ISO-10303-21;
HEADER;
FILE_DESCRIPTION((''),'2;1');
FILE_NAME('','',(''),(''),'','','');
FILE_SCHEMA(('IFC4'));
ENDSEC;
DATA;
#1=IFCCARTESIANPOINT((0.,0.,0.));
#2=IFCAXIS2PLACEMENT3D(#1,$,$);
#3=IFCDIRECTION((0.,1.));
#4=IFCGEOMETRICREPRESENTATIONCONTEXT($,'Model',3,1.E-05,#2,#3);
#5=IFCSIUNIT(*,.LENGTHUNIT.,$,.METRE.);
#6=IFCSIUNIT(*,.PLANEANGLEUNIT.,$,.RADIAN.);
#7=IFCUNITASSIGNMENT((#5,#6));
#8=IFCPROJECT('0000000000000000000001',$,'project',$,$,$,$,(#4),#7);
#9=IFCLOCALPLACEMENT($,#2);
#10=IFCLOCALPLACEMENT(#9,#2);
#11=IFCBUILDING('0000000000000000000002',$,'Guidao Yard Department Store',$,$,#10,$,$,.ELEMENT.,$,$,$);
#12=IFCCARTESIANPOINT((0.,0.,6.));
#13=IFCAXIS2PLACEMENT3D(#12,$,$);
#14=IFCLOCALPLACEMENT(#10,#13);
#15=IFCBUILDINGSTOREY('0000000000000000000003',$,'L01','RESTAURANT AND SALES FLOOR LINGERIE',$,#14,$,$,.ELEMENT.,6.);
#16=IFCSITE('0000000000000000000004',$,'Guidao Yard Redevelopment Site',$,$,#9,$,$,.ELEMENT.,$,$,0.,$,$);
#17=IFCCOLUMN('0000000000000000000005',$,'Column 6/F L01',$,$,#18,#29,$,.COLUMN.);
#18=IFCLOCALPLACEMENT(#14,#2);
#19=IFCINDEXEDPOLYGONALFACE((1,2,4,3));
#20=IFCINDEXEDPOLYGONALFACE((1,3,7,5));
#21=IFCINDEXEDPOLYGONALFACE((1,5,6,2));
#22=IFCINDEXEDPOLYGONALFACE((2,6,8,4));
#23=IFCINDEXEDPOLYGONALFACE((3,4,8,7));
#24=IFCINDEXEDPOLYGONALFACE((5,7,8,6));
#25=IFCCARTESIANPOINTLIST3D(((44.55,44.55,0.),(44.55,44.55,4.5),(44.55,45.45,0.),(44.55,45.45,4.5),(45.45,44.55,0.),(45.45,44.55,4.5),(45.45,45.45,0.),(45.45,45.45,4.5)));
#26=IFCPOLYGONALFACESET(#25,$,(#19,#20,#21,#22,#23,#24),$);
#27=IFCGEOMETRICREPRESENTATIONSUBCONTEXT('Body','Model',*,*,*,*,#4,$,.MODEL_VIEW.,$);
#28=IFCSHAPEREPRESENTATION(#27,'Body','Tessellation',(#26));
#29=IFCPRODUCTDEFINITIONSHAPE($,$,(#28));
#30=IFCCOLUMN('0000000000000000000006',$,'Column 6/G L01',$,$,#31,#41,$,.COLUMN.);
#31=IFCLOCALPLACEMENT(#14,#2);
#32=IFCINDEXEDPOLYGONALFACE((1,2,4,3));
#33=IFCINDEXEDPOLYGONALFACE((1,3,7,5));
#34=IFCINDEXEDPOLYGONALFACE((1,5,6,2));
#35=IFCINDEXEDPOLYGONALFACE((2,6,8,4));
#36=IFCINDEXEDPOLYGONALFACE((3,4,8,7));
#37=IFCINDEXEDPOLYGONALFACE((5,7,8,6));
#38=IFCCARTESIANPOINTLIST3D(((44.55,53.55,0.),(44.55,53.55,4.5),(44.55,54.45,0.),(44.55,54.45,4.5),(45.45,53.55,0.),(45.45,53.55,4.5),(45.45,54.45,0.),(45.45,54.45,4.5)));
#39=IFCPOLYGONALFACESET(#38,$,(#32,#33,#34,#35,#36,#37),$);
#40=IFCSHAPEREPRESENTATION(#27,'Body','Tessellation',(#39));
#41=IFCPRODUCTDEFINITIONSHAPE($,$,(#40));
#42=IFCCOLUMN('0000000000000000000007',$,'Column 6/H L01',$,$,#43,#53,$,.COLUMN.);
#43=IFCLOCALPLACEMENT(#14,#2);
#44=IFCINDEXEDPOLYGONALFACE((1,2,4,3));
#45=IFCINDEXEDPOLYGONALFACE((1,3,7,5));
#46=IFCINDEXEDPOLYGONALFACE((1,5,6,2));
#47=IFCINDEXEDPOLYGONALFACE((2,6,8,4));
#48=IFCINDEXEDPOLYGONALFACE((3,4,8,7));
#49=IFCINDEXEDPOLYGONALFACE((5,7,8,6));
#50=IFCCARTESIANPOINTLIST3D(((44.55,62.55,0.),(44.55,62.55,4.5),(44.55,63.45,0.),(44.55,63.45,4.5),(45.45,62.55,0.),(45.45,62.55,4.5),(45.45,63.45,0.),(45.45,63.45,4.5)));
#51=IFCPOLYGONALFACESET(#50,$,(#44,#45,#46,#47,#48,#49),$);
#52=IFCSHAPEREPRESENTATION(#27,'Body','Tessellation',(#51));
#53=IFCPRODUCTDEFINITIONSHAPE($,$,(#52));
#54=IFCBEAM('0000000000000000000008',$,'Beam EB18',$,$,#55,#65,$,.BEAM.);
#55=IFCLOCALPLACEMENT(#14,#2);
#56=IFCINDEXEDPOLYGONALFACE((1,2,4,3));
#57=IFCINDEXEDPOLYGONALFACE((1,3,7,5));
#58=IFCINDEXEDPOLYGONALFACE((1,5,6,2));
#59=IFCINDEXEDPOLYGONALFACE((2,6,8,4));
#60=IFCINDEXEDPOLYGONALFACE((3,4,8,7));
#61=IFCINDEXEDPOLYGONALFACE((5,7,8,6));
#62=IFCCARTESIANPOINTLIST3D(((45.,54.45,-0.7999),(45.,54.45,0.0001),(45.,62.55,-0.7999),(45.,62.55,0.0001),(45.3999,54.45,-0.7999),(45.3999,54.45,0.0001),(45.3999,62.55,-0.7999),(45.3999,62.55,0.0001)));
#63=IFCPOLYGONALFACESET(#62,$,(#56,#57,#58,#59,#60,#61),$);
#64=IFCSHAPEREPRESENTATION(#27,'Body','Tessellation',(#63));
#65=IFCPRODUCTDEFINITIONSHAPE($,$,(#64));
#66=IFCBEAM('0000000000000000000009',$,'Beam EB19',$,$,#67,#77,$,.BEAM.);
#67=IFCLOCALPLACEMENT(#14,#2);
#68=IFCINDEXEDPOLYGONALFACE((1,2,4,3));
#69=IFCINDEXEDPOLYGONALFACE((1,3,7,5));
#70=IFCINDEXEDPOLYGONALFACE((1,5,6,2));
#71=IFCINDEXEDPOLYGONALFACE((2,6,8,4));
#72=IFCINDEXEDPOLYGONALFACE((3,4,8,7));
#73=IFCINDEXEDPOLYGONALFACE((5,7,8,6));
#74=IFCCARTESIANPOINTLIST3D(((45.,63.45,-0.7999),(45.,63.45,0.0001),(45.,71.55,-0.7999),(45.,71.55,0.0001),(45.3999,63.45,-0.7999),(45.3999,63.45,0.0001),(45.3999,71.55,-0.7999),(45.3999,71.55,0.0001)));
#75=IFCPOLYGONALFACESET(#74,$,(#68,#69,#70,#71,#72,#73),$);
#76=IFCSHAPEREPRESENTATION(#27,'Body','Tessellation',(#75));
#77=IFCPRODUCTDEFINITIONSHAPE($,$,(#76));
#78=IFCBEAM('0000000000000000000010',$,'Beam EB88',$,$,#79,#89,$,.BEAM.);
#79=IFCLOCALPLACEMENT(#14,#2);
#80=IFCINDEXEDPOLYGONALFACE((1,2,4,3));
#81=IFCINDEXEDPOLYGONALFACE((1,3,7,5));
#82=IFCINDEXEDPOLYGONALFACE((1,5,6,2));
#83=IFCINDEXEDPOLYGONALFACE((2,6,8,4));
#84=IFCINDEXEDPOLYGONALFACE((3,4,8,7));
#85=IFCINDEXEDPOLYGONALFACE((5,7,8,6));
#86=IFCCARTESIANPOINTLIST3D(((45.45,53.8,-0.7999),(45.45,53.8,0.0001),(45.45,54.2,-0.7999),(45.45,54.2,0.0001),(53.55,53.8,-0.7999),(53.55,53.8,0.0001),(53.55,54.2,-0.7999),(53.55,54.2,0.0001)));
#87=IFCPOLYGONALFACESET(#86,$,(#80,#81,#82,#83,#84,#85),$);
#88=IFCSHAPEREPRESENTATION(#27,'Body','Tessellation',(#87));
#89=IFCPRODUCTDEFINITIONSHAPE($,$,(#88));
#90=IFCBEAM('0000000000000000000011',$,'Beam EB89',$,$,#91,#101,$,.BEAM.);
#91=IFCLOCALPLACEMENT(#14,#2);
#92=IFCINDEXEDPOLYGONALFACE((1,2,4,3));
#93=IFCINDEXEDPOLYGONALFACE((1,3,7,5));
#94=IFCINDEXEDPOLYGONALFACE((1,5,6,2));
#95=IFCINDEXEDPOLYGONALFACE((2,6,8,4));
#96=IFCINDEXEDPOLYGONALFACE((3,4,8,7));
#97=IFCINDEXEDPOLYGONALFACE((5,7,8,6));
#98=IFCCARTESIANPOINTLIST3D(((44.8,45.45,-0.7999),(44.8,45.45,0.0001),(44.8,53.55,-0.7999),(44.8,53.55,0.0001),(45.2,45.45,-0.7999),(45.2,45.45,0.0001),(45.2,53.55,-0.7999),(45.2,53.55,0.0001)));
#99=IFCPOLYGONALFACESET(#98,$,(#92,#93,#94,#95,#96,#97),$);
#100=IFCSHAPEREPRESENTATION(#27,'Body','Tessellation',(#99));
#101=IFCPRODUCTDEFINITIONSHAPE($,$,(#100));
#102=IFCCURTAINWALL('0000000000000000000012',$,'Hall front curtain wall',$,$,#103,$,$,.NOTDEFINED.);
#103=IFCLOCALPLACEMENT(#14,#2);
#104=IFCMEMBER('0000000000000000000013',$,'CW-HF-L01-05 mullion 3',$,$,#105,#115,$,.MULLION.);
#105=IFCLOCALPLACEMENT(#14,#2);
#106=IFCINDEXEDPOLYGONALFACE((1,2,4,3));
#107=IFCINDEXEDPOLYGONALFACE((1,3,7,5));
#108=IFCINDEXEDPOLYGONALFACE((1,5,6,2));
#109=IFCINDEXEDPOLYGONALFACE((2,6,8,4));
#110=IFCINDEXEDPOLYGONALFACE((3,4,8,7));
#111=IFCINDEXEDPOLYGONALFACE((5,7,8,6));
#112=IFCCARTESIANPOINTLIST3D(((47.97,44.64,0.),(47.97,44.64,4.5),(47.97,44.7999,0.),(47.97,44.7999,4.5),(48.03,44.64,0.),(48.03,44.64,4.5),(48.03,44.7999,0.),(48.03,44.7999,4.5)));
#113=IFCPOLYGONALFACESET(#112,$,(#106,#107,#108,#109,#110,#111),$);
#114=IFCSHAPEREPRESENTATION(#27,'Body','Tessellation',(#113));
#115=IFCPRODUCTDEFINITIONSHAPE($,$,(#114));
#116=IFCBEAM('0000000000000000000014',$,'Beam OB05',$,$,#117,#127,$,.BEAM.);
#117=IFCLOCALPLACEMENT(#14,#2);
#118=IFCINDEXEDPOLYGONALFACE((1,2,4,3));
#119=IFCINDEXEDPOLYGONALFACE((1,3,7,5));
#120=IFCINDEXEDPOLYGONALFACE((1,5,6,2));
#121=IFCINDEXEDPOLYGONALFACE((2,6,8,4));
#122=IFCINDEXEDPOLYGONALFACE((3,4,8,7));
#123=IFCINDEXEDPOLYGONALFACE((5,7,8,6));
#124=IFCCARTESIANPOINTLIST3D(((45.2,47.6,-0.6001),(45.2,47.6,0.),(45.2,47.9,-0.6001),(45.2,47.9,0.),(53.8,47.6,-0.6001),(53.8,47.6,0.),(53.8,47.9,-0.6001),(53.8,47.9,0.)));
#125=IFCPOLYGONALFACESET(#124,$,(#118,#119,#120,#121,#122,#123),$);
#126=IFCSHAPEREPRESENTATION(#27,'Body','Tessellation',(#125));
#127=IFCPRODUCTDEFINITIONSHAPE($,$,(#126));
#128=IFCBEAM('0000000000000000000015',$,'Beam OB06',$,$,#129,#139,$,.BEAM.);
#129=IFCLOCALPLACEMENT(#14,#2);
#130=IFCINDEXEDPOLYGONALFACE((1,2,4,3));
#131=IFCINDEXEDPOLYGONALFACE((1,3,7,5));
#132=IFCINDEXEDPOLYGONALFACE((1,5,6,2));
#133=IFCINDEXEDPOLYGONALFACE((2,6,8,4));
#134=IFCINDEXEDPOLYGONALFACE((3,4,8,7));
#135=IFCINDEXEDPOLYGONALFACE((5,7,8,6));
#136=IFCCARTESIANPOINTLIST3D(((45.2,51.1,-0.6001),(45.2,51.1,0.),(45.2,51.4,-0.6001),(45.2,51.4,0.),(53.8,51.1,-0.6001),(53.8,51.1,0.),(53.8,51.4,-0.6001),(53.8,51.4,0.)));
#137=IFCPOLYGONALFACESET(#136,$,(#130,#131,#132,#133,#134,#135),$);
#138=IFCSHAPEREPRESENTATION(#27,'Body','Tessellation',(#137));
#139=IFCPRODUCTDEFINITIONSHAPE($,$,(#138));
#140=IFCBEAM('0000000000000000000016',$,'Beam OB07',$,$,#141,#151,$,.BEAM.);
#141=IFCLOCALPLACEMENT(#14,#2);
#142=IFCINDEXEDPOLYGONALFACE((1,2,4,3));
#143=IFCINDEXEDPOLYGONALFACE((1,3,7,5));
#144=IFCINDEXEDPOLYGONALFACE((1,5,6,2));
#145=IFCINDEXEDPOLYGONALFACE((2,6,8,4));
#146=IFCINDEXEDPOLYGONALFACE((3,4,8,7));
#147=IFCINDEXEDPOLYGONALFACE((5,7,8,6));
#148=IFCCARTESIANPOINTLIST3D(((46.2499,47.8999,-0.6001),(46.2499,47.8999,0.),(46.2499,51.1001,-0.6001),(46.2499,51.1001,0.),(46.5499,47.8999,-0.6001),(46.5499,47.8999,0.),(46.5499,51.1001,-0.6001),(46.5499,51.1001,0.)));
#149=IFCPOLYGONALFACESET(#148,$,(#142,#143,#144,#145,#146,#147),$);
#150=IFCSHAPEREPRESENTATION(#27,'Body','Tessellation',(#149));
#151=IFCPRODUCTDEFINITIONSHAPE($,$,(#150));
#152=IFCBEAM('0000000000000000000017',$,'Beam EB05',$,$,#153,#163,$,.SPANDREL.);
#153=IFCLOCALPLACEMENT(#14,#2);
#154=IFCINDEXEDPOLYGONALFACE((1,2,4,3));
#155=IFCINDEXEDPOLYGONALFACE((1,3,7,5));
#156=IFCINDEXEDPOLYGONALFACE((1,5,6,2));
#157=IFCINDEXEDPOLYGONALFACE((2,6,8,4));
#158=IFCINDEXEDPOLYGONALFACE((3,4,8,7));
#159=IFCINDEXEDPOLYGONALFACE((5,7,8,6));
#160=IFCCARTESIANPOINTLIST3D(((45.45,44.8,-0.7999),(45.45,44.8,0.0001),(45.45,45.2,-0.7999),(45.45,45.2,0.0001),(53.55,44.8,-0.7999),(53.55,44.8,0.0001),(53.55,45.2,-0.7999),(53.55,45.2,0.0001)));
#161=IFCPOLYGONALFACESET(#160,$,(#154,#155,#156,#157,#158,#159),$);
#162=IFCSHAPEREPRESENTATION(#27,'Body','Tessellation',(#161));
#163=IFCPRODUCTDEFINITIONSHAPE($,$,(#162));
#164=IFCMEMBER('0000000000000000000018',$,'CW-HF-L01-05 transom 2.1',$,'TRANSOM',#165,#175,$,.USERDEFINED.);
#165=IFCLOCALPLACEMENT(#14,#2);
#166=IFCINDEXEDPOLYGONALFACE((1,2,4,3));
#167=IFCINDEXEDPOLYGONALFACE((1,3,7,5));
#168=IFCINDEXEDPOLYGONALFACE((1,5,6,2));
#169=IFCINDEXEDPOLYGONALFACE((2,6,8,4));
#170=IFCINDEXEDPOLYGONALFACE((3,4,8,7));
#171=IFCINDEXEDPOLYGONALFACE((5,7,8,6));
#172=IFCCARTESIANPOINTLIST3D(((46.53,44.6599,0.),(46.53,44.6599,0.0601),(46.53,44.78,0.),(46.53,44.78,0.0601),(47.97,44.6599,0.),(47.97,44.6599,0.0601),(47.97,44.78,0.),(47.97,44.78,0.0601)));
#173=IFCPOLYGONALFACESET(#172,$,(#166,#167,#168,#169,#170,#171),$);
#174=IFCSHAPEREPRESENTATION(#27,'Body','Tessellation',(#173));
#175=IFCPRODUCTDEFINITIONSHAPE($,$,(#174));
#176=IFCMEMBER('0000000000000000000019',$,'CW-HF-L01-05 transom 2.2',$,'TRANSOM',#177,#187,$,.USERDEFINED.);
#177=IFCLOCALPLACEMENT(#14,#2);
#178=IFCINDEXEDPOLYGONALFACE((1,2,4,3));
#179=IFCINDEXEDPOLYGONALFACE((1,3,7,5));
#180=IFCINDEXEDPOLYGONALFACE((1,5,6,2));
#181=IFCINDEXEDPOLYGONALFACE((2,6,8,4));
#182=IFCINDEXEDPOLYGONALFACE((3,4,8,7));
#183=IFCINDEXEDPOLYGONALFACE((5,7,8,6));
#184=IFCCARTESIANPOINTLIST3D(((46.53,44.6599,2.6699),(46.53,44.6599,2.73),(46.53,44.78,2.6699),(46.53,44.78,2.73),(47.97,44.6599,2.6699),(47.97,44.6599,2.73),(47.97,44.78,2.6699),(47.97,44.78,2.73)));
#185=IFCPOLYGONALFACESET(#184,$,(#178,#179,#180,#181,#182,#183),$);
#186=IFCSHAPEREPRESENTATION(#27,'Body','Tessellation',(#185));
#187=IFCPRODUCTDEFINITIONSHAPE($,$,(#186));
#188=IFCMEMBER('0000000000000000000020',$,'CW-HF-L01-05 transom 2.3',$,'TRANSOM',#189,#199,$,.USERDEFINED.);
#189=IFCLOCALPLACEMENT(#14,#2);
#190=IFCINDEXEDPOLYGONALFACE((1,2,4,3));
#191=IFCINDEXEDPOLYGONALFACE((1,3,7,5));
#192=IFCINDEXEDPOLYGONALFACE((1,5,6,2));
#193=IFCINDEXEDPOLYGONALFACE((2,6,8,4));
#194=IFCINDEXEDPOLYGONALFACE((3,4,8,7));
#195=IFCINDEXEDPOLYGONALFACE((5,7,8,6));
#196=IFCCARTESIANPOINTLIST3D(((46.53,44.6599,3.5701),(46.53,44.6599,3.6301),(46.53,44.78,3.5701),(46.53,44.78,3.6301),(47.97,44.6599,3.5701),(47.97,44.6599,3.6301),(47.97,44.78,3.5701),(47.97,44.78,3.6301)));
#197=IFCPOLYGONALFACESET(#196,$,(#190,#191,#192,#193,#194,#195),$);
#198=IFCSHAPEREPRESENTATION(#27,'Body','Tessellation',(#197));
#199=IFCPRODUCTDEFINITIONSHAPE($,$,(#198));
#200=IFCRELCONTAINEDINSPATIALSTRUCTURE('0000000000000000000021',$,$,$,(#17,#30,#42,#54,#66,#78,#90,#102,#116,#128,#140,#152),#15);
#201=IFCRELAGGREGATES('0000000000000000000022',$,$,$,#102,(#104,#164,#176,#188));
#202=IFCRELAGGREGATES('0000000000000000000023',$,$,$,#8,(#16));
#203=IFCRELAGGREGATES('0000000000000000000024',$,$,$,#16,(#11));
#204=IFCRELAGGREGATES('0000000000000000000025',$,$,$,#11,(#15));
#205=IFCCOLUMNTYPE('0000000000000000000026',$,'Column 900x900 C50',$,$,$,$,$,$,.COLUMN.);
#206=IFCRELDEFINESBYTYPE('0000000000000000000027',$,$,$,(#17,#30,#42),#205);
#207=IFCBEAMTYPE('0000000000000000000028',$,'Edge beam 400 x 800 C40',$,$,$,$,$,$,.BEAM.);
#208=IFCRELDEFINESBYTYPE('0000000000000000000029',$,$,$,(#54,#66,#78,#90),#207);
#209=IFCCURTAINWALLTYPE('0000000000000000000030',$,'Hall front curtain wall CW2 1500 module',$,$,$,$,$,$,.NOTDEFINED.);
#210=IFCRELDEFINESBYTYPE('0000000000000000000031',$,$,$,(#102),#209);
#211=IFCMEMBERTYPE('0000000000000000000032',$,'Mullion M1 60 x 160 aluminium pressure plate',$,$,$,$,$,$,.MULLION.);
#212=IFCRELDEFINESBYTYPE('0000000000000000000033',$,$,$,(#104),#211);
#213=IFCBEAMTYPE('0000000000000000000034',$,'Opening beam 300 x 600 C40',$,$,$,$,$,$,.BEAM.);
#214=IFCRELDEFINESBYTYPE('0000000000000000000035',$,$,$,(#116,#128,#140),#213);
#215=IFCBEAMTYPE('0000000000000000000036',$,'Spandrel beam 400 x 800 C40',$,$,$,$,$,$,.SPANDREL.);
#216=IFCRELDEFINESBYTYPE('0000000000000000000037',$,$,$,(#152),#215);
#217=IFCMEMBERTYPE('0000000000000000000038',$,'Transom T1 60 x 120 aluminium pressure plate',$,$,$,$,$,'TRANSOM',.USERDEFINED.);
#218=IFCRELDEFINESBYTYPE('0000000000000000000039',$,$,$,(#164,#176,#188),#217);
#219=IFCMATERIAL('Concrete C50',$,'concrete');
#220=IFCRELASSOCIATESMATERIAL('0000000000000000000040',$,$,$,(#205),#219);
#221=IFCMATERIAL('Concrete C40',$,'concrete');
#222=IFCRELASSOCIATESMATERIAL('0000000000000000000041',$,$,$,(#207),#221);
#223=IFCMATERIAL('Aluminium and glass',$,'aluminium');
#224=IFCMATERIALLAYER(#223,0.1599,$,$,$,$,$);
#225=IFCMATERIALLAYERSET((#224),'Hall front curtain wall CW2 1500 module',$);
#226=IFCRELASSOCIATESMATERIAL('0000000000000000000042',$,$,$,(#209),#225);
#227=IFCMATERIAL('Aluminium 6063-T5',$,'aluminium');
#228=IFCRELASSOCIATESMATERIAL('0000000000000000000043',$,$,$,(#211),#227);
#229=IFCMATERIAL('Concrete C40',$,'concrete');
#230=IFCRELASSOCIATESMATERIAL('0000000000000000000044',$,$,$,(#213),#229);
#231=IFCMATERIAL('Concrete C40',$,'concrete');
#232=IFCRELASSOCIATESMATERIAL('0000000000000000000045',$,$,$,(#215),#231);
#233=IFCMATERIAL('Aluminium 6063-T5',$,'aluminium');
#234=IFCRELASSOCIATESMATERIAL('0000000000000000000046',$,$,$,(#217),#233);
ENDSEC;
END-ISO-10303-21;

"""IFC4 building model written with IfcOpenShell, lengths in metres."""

from ifc_helpers import new_model, si_unit, direction, frame, origin, origin_2d, place, context, subcontext, project, spatial, rectangle, extrude, material, layer, layer_set, material_profile, profile_set, type_object, element, aggregate, save


model = new_model("IFC4")

# Units and contexts
model_context = context("Model", 3, precision=1e-05, world=origin(), true_north=direction((0.0, 1.0)))
body_context = subcontext(model_context, "Body", "Model", "MODEL_VIEW")
ifc_project = project(units=[si_unit("LENGTHUNIT", "METRE"), si_unit("PLANEANGLEUNIT", "RADIAN")], contexts=[model_context])

# Site, building, storey
site_placement = place(None, origin())
site = spatial("IfcSite", under=ifc_project, at=site_placement, Name="Guidao Yard Redevelopment Site", CompositionType="ELEMENT", RefElevation=0.0)
building_placement = place(site_placement, origin())
building = spatial("IfcBuilding", under=site, at=building_placement, Name="Guidao Yard Department Store", CompositionType="ELEMENT")
storey_placement = place(building_placement, frame((0.0, 0.0, 6.0)))
storey = spatial("IfcBuildingStorey", under=building, at=storey_placement, Name="L01", Description="RESTAURANT AND SALES FLOOR LINGERIE", CompositionType="ELEMENT", Elevation=6.0)

# Columns
ifc_material_1 = material(Name="Concrete C50", Category="concrete")
ifc_material_profile_1 = material_profile(ifc_material_1, rectangle(XDim=0.8999, YDim=0.8999, at=origin_2d()), Name="COL 900x900")
ifc_profile_set_1 = profile_set([ifc_material_profile_1], Name="Concrete C50")
column_type = type_object("IfcColumnType", Name="Column 900x900 C50", PredefinedType="COLUMN", material=ifc_profile_set_1)
for number, where, z_axis, x_axis, name in (
    (1, (45.0, 45.0, 0.0), (0.0, 0.0, 1.0), (1.0, 0.0, 0.0), "Column 6/F L01"),
    (2, (45.0, 54.0, 0.0), (0.0, 0.0, 1.0), (1.0, 0.0, 0.0), "Column 6/G L01"),
    (3, (45.0, 63.0, 0.0), (0.0, 0.0, 1.0), (1.0, 0.0, 0.0), "Column 6/H L01"),
):
    element("IfcColumn", number, at=place(storey_placement, frame(where, z_axis=z_axis, x_axis=x_axis)), inside=storey, type_object=column_type, Name=name, PredefinedType="COLUMN", context=body_context, shape_type="SweptSolid", body=[
        extrude(rectangle(XDim=0.8999, YDim=0.8999, at=origin_2d()), origin(), (0.0, 0.0, 1.0), 4.5),
    ])

# Beams
ifc_material_2 = material(Name="Concrete C40", Category="concrete")
ifc_material_profile_2 = material_profile(ifc_material_2, rectangle(XDim=0.3999, YDim=0.8, at=origin_2d()), Name="Edge beam 400 x 800 C40")
ifc_profile_set_2 = profile_set([ifc_material_profile_2], Name="Concrete C40")
beam_type_1 = type_object("IfcBeamType", Name="Edge beam 400 x 800 C40", PredefinedType="BEAM", material=ifc_profile_set_2)
for number, where, z_axis, x_axis, name in (
    (4, (45.2, 54.45, -0.3999), (0.0, 1.0, 0.0), (-1.0, 0.0, 0.0), "Beam EB18"),
    (5, (45.2, 63.45, -0.3999), (0.0, 1.0, 0.0), (-1.0, 0.0, 0.0), "Beam EB19"),
    (6, (45.45, 54.0, -0.3999), (1.0, 0.0, 0.0), (0.0, 1.0, 0.0), "Beam EB88"),
    (7, (45.0, 45.45, -0.3999), (0.0, 1.0, 0.0), (-1.0, 0.0, 0.0), "Beam EB89"),
):
    element("IfcBeam", number, at=place(storey_placement, frame(where, z_axis=z_axis, x_axis=x_axis)), inside=storey, type_object=beam_type_1, Name=name, PredefinedType="BEAM", context=body_context, shape_type="SweptSolid", body=[
        extrude(rectangle(XDim=0.3999, YDim=0.8, at=origin_2d()), origin(), (0.0, 0.0, 1.0), 8.1001),
    ])

# Curtain wall, member
ifc_material_3 = material(Name="Aluminium and glass", Category="aluminium")
ifc_layer_1 = layer(ifc_material_3, 0.1599)
ifc_layer_set_1 = layer_set([ifc_layer_1], Name="Hall front curtain wall CW2 1500 module")
curtain_wall_type = type_object("IfcCurtainWallType", Name="Hall front curtain wall CW2 1500 module", PredefinedType="NOTDEFINED", material=ifc_layer_set_1)
curtain_wall_placement = place(storey_placement, origin())
curtain_wall = element("IfcCurtainWall", 8, at=curtain_wall_placement, inside=storey, type_object=curtain_wall_type, Name="Hall front curtain wall", PredefinedType="NOTDEFINED")
ifc_material_4 = material(Name="Aluminium 6063-T5", Category="aluminium")
ifc_material_profile_3 = material_profile(ifc_material_4, rectangle(XDim=0.0601, YDim=0.1599, at=origin_2d()), Name="Mullion M1 60 x 160 aluminium pressure plate")
ifc_profile_set_3 = profile_set([ifc_material_profile_3], Name="Aluminium 6063-T5")
member_type_1 = type_object("IfcMemberType", Name="Mullion M1 60 x 160 aluminium pressure plate", PredefinedType="MULLION", material=ifc_profile_set_3)
member_1_placement = place(storey_placement, frame((48.0, 44.72, 0.0), z_axis=(0.0, 0.0, 1.0), x_axis=(-1.0, 0.0, 0.0)))
member_1 = element("IfcMember", 9, at=member_1_placement, type_object=member_type_1, Name="CW-HF-L01-05 mullion 3", PredefinedType="MULLION", context=body_context, shape_type="SweptSolid", body=[
    extrude(rectangle(XDim=0.0601, YDim=0.1599, at=origin_2d()), origin(), (0.0, 0.0, 1.0), 4.5),
])

# Beams
ifc_material_5 = material(Name="Concrete C40", Category="concrete")
ifc_material_profile_4 = material_profile(ifc_material_5, rectangle(XDim=0.3, YDim=0.6001, at=origin_2d()), Name="Opening beam 300 x 600 C40")
ifc_profile_set_4 = profile_set([ifc_material_profile_4], Name="Concrete C40")
beam_type_2 = type_object("IfcBeamType", Name="Opening beam 300 x 600 C40", PredefinedType="BEAM", material=ifc_profile_set_4)
for number, where, z_axis, x_axis, name in (
    (10, (45.2, 47.75, -0.3), (1.0, 0.0, 0.0), (0.0, 1.0, 0.0), "Beam OB05"),
    (11, (45.2, 51.25, -0.3), (1.0, 0.0, 0.0), (0.0, 1.0, 0.0), "Beam OB06"),
):
    element("IfcBeam", number, at=place(storey_placement, frame(where, z_axis=z_axis, x_axis=x_axis)), inside=storey, type_object=beam_type_2, Name=name, PredefinedType="BEAM", context=body_context, shape_type="SweptSolid", body=[
        extrude(rectangle(XDim=0.3, YDim=0.6001, at=origin_2d()), origin(), (0.0, 0.0, 1.0), 8.6001),
    ])
beam_1_placement = place(storey_placement, frame((46.3999, 47.8999, -0.3), z_axis=(0.0, 1.0, 0.0), x_axis=(-1.0, 0.0, 0.0)))
element("IfcBeam", 12, at=beam_1_placement, inside=storey, type_object=beam_type_2, Name="Beam OB07", PredefinedType="BEAM", context=body_context, shape_type="SweptSolid", body=[
    extrude(rectangle(XDim=0.3, YDim=0.6001, at=origin_2d()), origin(), (0.0, 0.0, 1.0), 3.2002),
])
ifc_material_6 = material(Name="Concrete C40", Category="concrete")
ifc_material_profile_5 = material_profile(ifc_material_6, rectangle(XDim=0.3999, YDim=0.8, at=origin_2d()), Name="Spandrel beam 400 x 800 C40")
ifc_profile_set_5 = profile_set([ifc_material_profile_5], Name="Concrete C40")
beam_type_3 = type_object("IfcBeamType", Name="Spandrel beam 400 x 800 C40", PredefinedType="SPANDREL", material=ifc_profile_set_5)
beam_2_placement = place(storey_placement, frame((45.45, 45.0, -0.3999), z_axis=(1.0, 0.0, 0.0), x_axis=(0.0, 1.0, 0.0)))
element("IfcBeam", 13, at=beam_2_placement, inside=storey, type_object=beam_type_3, Name="Beam EB05", PredefinedType="SPANDREL", context=body_context, shape_type="SweptSolid", body=[
    extrude(rectangle(XDim=0.3999, YDim=0.8, at=origin_2d()), origin(), (0.0, 0.0, 1.0), 8.1001),
])

# Members
ifc_material_7 = material(Name="Aluminium 6063-T5", Category="aluminium")
ifc_material_profile_6 = material_profile(ifc_material_7, rectangle(XDim=0.1201, YDim=0.0601, at=origin_2d()), Name="Transom T1 60 x 120 aluminium pressure plate")
ifc_profile_set_6 = profile_set([ifc_material_profile_6], Name="Aluminium 6063-T5")
member_type_2 = type_object("IfcMemberType", Name="Transom T1 60 x 120 aluminium pressure plate", ElementType="TRANSOM", PredefinedType="USERDEFINED", material=ifc_profile_set_6)
member_2_placement = place(storey_placement, frame((47.97, 44.72, 0.03), z_axis=(-1.0, 0.0, 0.0), x_axis=(0.0, -1.0, 0.0)))
member_2 = element("IfcMember", 14, at=member_2_placement, type_object=member_type_2, Name="CW-HF-L01-05 transom 2.1", ObjectType="TRANSOM", PredefinedType="USERDEFINED", context=body_context, shape_type="SweptSolid", body=[
    extrude(rectangle(XDim=0.1201, YDim=0.0601, at=origin_2d()), origin(), (0.0, 0.0, 1.0), 1.4399),
])
member_3_placement = place(storey_placement, frame((47.97, 44.72, 2.7), z_axis=(-1.0, 0.0, 0.0), x_axis=(0.0, -1.0, 0.0)))
member_3 = element("IfcMember", 15, at=member_3_placement, type_object=member_type_2, Name="CW-HF-L01-05 transom 2.2", ObjectType="TRANSOM", PredefinedType="USERDEFINED", context=body_context, shape_type="SweptSolid", body=[
    extrude(rectangle(XDim=0.1201, YDim=0.0601, at=origin_2d()), origin(), (0.0, 0.0, 1.0), 1.4399),
])
member_4_placement = place(storey_placement, frame((47.97, 44.72, 3.6001), z_axis=(-1.0, 0.0, 0.0), x_axis=(0.0, -1.0, 0.0)))
member_4 = element("IfcMember", 16, at=member_4_placement, type_object=member_type_2, Name="CW-HF-L01-05 transom 2.3", ObjectType="TRANSOM", PredefinedType="USERDEFINED", context=body_context, shape_type="SweptSolid", body=[
    extrude(rectangle(XDim=0.1201, YDim=0.0601, at=origin_2d()), origin(), (0.0, 0.0, 1.0), 1.4399),
])

aggregate(curtain_wall, [member_1, member_2, member_3, member_4])

save(model, "model.ifc")
